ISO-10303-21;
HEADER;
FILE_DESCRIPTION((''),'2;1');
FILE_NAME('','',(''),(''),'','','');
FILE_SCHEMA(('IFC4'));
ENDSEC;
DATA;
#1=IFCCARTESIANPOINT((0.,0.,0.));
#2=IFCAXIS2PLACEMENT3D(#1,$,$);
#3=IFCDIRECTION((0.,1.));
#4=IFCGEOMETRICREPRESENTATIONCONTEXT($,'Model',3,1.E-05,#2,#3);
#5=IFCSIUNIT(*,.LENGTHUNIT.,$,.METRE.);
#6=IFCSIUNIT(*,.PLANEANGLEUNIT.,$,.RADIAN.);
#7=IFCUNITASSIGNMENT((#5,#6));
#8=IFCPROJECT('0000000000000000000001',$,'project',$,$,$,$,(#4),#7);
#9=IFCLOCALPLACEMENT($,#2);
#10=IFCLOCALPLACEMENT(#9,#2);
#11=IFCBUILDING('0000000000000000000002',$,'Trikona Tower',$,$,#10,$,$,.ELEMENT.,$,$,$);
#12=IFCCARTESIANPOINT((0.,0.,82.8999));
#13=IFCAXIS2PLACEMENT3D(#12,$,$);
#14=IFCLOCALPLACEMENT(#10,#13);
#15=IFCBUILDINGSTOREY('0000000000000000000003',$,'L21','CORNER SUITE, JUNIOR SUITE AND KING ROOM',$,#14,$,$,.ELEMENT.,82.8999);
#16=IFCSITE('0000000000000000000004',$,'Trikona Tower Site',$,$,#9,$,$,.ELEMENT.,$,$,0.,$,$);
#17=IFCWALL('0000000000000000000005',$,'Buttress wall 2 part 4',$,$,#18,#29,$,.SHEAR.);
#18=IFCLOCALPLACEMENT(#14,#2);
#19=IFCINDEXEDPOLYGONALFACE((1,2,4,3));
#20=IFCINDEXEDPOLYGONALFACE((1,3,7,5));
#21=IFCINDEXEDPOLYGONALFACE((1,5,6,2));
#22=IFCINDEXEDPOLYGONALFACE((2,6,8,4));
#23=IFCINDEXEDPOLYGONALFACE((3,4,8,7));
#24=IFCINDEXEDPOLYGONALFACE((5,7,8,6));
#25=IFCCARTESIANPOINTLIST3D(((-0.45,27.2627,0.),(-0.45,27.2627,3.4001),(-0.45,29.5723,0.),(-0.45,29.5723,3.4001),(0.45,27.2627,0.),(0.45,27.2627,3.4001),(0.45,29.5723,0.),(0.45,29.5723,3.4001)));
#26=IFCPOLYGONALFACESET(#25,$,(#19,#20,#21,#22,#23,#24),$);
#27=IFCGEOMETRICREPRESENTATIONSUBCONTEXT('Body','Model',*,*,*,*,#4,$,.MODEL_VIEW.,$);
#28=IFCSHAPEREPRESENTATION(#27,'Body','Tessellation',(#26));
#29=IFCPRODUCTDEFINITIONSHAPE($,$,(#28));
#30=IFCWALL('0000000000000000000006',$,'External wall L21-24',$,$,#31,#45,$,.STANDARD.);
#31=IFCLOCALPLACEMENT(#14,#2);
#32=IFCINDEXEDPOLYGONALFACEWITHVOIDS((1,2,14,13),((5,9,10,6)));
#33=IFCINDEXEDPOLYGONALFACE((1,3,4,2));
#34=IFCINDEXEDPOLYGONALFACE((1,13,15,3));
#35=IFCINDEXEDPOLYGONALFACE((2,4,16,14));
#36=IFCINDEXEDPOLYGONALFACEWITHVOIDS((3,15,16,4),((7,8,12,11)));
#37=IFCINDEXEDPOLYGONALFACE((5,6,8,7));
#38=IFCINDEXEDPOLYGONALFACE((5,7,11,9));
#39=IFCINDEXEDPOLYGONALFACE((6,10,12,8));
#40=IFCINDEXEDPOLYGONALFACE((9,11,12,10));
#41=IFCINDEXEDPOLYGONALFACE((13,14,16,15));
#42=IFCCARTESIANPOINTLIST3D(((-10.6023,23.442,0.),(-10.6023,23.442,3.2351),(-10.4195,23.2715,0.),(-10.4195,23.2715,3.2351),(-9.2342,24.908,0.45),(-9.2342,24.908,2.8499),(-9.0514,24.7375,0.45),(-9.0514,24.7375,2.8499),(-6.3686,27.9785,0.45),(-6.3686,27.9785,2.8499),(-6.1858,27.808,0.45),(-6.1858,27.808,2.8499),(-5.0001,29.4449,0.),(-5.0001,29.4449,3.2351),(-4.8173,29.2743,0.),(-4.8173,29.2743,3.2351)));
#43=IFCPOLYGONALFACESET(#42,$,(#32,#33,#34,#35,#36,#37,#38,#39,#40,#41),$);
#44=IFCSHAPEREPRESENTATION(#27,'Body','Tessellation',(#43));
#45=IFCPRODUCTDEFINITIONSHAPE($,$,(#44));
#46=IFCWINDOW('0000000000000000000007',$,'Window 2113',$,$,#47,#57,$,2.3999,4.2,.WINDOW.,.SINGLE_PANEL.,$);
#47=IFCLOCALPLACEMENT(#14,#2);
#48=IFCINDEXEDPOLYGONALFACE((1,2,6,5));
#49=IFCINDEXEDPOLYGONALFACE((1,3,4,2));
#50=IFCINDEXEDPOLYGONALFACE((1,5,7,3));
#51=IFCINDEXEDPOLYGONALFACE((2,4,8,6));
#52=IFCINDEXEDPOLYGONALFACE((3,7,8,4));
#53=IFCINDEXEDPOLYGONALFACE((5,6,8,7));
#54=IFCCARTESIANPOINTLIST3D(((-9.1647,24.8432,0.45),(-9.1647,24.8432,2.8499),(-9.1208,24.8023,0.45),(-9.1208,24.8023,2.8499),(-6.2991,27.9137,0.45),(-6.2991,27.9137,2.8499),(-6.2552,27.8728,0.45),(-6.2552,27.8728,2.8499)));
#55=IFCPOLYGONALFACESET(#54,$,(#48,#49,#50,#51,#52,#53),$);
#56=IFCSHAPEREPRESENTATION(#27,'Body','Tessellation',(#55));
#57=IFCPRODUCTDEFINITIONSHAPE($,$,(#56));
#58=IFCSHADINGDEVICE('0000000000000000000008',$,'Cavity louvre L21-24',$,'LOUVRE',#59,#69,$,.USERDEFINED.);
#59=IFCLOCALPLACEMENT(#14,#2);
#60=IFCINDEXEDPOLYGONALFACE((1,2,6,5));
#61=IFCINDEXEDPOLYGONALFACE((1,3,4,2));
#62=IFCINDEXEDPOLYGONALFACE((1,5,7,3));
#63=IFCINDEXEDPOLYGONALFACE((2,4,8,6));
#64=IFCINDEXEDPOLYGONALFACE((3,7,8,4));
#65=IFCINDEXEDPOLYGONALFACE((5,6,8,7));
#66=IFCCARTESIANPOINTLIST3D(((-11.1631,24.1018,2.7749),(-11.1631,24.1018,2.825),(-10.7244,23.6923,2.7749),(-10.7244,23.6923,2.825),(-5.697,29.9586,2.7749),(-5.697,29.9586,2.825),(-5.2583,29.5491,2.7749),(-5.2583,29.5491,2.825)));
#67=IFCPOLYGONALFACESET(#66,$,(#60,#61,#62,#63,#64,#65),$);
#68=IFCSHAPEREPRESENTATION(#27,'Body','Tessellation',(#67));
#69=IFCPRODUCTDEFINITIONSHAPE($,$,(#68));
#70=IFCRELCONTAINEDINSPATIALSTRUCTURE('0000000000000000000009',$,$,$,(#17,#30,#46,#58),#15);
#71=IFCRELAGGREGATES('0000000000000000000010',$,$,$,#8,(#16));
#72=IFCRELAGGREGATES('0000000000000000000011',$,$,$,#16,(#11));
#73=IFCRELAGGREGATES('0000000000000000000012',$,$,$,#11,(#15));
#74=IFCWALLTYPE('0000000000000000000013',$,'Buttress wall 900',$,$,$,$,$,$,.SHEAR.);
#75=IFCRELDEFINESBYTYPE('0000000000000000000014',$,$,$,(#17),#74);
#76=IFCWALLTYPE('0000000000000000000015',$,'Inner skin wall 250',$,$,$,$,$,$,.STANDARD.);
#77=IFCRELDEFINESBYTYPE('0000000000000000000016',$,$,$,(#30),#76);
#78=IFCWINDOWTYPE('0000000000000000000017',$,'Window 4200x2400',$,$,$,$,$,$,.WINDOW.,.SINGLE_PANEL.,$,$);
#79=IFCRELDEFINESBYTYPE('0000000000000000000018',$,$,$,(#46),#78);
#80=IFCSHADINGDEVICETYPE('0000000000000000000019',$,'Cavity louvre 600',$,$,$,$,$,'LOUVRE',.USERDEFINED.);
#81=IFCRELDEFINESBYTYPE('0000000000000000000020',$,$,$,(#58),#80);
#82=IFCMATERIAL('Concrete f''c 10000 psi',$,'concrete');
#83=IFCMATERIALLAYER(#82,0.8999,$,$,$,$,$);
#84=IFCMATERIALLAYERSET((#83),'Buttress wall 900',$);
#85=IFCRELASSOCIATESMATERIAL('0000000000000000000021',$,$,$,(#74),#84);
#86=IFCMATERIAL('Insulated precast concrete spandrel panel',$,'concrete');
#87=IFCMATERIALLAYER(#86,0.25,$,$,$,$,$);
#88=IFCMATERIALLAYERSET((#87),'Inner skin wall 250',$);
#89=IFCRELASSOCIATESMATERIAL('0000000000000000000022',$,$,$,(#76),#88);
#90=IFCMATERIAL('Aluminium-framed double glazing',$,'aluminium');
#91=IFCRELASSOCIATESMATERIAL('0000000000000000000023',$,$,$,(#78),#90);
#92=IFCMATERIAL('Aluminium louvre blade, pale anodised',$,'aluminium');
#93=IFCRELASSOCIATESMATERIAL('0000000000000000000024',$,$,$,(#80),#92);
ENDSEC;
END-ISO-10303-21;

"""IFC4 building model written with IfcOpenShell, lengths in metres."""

from ifc_helpers import new_model, si_unit, direction, frame, frame_2d, origin, origin_2d, place, context, subcontext, project, spatial, rectangle, extrude, material, layer, layer_set, type_object, element, fill, save


model = new_model("IFC4")

# Units and contexts
model_context = context("Model", 3, precision=1e-05, world=origin(), true_north=direction((0.0, 1.0)))
body_context = subcontext(model_context, "Body", "Model", "MODEL_VIEW")
ifc_project = project(units=[si_unit("LENGTHUNIT", "METRE"), si_unit("PLANEANGLEUNIT", "RADIAN")], contexts=[model_context])

# Site, building, storey
site_placement = place(None, origin())
site = spatial("IfcSite", under=ifc_project, at=site_placement, Name="Trikona Tower Site", CompositionType="ELEMENT", RefElevation=0.0)
building_placement = place(site_placement, origin())
building = spatial("IfcBuilding", under=site, at=building_placement, Name="Trikona Tower", CompositionType="ELEMENT")
storey_placement = place(building_placement, frame((0.0, 0.0, 82.8999)))
storey = spatial("IfcBuildingStorey", under=building, at=storey_placement, Name="L21", Description="CORNER SUITE, JUNIOR SUITE AND KING ROOM", CompositionType="ELEMENT", Elevation=82.8999)

# Wall
ifc_material_1 = material(Name="Concrete f'c 10000 psi", Category="concrete")
ifc_layer_1 = layer(ifc_material_1, 0.8999)
ifc_layer_set_1 = layer_set([ifc_layer_1], Name="Buttress wall 900")
wall_type_1 = type_object("IfcWallType", Name="Buttress wall 900", PredefinedType="SHEAR", material=ifc_layer_set_1)
wall_1_placement = place(storey_placement, frame((0.0, 27.2627, 0.0), z_axis=(0.0, 0.0, 1.0), x_axis=(0.0, 1.0, 0.0)))
element("IfcWall", 1, at=wall_1_placement, inside=storey, type_object=wall_type_1, Name="Buttress wall 2 part 4", PredefinedType="SHEAR", context=body_context, shape_type="SweptSolid", body=[
    extrude(rectangle(XDim=2.3096, YDim=0.8999, at=frame_2d((1.1548, 0.0))), origin(), (0.0, 0.0, 1.0), 3.4001),
])

# Wall, opening, window
ifc_material_2 = material(Name="Insulated precast concrete spandrel panel", Category="concrete")
ifc_layer_2 = layer(ifc_material_2, 0.25)
ifc_layer_set_2 = layer_set([ifc_layer_2], Name="Inner skin wall 250")
wall_type_2 = type_object("IfcWallType", Name="Inner skin wall 250", PredefinedType="STANDARD", material=ifc_layer_set_2)
wall_2_placement = place(storey_placement, frame((-4.9087, 29.3596, 0.0), z_axis=(0.0, 0.0, 1.0), x_axis=(-0.68229, -0.731082, 0.0)))
wall_2 = element("IfcWall", 2, at=wall_2_placement, inside=storey, type_object=wall_type_2, Name="External wall L21-24", PredefinedType="STANDARD", context=body_context, shape_type="SweptSolid", body=[
    extrude(rectangle(XDim=8.2109, YDim=0.25, at=frame_2d((4.1055, 0.0))), origin(), (0.0, 0.0, 1.0), 3.2351),
])
opening_1_placement = place(wall_2_placement, frame((2.0056, 0.0, 0.45)))
opening_1 = element("IfcOpeningElement", 3, at=opening_1_placement, cuts=wall_2, PredefinedType="OPENING", context=body_context, shape_type="SweptSolid", body=[
    extrude(rectangle(XDim=4.2, YDim=2.3999, at=frame_2d((2.1001, 1.2))), frame((0.0, 0.135, 0.0), z_axis=(0.0, -1.0, 0.0), x_axis=(1.0, 0.0, 0.0)), (0.0, 0.0, 1.0), 0.27),
])
ifc_material_3 = material(Name="Aluminium-framed double glazing", Category="aluminium")
window_type_1 = type_object("IfcWindowType", Name="Window 4200x2400", PartitioningType="SINGLE_PANEL", PredefinedType="WINDOW", material=ifc_material_3)
window_1_placement = place(opening_1_placement, origin())
window_1 = element("IfcWindow", 4, at=window_1_placement, inside=storey, type_object=window_type_1, Name="Window 2113", OverallHeight=2.3999, OverallWidth=4.2, PartitioningType="SINGLE_PANEL", PredefinedType="WINDOW", context=body_context, shape_type="SweptSolid", body=[
    extrude(rectangle(XDim=4.2, YDim=2.3999, at=frame_2d((2.1001, 1.2))), frame((0.0, 0.03, 0.0), z_axis=(0.0, -1.0, 0.0), x_axis=(1.0, 0.0, 0.0)), (0.0, 0.0, 1.0), 0.0601),
])
fill(opening_1, window_1)

# Shading device
ifc_material_4 = material(Name="Aluminium louvre blade, pale anodised", Category="aluminium")
shading_device_type = type_object("IfcShadingDeviceType", Name="Cavity louvre 600", ElementType="LOUVRE", PredefinedType="USERDEFINED", material=ifc_material_4)
shading_device_placement = place(storey_placement, frame((-8.2107, 26.8254, 2.7749), z_axis=(0.0, 0.0, 1.0), x_axis=(-0.682298, -0.731074, 0.0)))
element("IfcShadingDevice", 5, at=shading_device_placement, inside=storey, type_object=shading_device_type, Name="Cavity louvre L21-24", ObjectType="LOUVRE", PredefinedType="USERDEFINED", context=body_context, shape_type="SweptSolid", body=[
    extrude(rectangle(XDim=8.0112, YDim=0.6001, at=origin_2d()), origin(), (0.0, 0.0, 1.0), 0.05),
])

save(model, "model.ifc")
